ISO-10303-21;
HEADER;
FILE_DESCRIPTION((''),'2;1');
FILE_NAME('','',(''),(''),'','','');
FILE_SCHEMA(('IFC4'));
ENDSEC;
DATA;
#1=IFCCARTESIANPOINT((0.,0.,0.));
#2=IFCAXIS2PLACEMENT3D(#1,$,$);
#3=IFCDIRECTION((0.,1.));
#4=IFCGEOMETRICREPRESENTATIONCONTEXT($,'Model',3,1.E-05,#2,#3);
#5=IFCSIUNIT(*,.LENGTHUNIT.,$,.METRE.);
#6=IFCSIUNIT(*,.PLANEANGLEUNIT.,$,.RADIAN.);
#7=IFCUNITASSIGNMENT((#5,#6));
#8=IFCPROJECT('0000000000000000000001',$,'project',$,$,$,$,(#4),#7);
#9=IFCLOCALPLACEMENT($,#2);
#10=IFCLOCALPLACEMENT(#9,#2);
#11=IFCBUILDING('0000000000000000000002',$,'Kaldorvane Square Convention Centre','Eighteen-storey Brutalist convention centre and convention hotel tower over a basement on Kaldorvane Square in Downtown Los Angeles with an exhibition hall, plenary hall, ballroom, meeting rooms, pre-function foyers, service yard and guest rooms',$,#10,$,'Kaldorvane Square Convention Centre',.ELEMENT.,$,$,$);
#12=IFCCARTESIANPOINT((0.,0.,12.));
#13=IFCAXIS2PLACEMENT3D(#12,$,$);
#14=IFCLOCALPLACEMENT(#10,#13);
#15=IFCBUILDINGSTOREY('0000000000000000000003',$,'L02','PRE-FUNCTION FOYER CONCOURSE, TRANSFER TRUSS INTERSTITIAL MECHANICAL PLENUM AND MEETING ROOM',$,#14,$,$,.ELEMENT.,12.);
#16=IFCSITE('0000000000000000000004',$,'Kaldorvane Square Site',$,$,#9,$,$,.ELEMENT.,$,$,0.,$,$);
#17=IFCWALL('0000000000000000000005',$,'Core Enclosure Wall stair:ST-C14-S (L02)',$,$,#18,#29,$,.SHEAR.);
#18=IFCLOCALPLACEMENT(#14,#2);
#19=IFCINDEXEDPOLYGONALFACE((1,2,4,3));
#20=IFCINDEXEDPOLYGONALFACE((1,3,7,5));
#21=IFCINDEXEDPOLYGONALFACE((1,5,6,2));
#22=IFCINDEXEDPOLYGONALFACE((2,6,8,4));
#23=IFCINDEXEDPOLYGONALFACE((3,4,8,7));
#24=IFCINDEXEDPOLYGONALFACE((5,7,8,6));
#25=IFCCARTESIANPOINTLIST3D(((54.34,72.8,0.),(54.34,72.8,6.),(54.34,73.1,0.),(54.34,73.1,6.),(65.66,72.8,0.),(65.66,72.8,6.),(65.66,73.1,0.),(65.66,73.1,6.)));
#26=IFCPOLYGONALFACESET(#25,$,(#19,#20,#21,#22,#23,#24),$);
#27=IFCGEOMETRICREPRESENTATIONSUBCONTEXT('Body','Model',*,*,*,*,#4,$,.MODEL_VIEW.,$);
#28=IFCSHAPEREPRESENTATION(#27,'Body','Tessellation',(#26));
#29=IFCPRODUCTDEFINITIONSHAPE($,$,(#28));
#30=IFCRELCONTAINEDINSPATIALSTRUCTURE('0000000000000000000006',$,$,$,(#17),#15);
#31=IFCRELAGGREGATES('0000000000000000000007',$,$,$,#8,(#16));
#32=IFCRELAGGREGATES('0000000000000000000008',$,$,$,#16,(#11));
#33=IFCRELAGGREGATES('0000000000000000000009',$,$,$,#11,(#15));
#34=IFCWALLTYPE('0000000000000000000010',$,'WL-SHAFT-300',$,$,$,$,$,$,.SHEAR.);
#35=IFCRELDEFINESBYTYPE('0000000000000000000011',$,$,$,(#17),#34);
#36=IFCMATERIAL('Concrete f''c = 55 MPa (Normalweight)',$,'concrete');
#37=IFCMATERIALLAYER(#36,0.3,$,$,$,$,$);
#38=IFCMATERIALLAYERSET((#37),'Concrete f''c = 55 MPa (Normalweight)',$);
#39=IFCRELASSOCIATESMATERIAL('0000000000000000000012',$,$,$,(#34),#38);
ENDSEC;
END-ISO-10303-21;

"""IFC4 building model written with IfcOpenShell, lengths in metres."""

from ifc_helpers import new_model, si_unit, direction, frame, frame_2d, origin, place, context, subcontext, project, spatial, rectangle, extrude, material, layer, layer_set, type_object, element, save


model = new_model("IFC4")

# Units and contexts
model_context = context("Model", 3, precision=1e-05, world=origin(), true_north=direction((0.0, 1.0)))
body_context = subcontext(model_context, "Body", "Model", "MODEL_VIEW")
ifc_project = project(units=[si_unit("LENGTHUNIT", "METRE"), si_unit("PLANEANGLEUNIT", "RADIAN")], contexts=[model_context])

# Site, building, storey
site_placement = place(None, origin())
site = spatial("IfcSite", under=ifc_project, at=site_placement, Name="Kaldorvane Square Site", CompositionType="ELEMENT", RefElevation=0.0)
building_placement = place(site_placement, origin())
building = spatial("IfcBuilding", under=site, at=building_placement, Name="Kaldorvane Square Convention Centre", Description="Eighteen-storey Brutalist convention centre and convention hotel tower over a basement on Kaldorvane Square in Downtown Los Angeles with an exhibition hall, plenary hall, ballroom, meeting rooms, pre-function foyers, service yard and guest rooms", LongName="Kaldorvane Square Convention Centre", CompositionType="ELEMENT")
storey_placement = place(building_placement, frame((0.0, 0.0, 12.0)))
storey = spatial("IfcBuildingStorey", under=building, at=storey_placement, Name="L02", Description="PRE-FUNCTION FOYER CONCOURSE, TRANSFER TRUSS INTERSTITIAL MECHANICAL PLENUM AND MEETING ROOM", CompositionType="ELEMENT", Elevation=12.0)

# Shared definitions
ifc_material_1 = material(Name="Concrete f'c = 55 MPa (Normalweight)", Category="concrete")

# Wall
ifc_layer_1 = layer(ifc_material_1, 0.3)
ifc_layer_set_1 = layer_set([ifc_layer_1], Name="Concrete f'c = 55 MPa (Normalweight)")
wall_type_1 = type_object("IfcWallType", Name="WL-SHAFT-300", PredefinedType="SHEAR", material=ifc_layer_set_1)
wall_1_placement = place(storey_placement, frame((54.34, 72.95, 0.0), z_axis=(0.0, 0.0, 1.0), x_axis=(1.0, 0.0, 0.0)))
element("IfcWall", 1, at=wall_1_placement, inside=storey, type_object=wall_type_1, Name="Core Enclosure Wall stair:ST-C14-S (L02)", PredefinedType="SHEAR", context=body_context, shape_type="SweptSolid", body=[
    extrude(rectangle(XDim=11.32, YDim=0.3, at=frame_2d((5.66, 0.0))), origin(), (0.0, 0.0, 1.0), 6.0),
])

save(model, "model.ifc")
